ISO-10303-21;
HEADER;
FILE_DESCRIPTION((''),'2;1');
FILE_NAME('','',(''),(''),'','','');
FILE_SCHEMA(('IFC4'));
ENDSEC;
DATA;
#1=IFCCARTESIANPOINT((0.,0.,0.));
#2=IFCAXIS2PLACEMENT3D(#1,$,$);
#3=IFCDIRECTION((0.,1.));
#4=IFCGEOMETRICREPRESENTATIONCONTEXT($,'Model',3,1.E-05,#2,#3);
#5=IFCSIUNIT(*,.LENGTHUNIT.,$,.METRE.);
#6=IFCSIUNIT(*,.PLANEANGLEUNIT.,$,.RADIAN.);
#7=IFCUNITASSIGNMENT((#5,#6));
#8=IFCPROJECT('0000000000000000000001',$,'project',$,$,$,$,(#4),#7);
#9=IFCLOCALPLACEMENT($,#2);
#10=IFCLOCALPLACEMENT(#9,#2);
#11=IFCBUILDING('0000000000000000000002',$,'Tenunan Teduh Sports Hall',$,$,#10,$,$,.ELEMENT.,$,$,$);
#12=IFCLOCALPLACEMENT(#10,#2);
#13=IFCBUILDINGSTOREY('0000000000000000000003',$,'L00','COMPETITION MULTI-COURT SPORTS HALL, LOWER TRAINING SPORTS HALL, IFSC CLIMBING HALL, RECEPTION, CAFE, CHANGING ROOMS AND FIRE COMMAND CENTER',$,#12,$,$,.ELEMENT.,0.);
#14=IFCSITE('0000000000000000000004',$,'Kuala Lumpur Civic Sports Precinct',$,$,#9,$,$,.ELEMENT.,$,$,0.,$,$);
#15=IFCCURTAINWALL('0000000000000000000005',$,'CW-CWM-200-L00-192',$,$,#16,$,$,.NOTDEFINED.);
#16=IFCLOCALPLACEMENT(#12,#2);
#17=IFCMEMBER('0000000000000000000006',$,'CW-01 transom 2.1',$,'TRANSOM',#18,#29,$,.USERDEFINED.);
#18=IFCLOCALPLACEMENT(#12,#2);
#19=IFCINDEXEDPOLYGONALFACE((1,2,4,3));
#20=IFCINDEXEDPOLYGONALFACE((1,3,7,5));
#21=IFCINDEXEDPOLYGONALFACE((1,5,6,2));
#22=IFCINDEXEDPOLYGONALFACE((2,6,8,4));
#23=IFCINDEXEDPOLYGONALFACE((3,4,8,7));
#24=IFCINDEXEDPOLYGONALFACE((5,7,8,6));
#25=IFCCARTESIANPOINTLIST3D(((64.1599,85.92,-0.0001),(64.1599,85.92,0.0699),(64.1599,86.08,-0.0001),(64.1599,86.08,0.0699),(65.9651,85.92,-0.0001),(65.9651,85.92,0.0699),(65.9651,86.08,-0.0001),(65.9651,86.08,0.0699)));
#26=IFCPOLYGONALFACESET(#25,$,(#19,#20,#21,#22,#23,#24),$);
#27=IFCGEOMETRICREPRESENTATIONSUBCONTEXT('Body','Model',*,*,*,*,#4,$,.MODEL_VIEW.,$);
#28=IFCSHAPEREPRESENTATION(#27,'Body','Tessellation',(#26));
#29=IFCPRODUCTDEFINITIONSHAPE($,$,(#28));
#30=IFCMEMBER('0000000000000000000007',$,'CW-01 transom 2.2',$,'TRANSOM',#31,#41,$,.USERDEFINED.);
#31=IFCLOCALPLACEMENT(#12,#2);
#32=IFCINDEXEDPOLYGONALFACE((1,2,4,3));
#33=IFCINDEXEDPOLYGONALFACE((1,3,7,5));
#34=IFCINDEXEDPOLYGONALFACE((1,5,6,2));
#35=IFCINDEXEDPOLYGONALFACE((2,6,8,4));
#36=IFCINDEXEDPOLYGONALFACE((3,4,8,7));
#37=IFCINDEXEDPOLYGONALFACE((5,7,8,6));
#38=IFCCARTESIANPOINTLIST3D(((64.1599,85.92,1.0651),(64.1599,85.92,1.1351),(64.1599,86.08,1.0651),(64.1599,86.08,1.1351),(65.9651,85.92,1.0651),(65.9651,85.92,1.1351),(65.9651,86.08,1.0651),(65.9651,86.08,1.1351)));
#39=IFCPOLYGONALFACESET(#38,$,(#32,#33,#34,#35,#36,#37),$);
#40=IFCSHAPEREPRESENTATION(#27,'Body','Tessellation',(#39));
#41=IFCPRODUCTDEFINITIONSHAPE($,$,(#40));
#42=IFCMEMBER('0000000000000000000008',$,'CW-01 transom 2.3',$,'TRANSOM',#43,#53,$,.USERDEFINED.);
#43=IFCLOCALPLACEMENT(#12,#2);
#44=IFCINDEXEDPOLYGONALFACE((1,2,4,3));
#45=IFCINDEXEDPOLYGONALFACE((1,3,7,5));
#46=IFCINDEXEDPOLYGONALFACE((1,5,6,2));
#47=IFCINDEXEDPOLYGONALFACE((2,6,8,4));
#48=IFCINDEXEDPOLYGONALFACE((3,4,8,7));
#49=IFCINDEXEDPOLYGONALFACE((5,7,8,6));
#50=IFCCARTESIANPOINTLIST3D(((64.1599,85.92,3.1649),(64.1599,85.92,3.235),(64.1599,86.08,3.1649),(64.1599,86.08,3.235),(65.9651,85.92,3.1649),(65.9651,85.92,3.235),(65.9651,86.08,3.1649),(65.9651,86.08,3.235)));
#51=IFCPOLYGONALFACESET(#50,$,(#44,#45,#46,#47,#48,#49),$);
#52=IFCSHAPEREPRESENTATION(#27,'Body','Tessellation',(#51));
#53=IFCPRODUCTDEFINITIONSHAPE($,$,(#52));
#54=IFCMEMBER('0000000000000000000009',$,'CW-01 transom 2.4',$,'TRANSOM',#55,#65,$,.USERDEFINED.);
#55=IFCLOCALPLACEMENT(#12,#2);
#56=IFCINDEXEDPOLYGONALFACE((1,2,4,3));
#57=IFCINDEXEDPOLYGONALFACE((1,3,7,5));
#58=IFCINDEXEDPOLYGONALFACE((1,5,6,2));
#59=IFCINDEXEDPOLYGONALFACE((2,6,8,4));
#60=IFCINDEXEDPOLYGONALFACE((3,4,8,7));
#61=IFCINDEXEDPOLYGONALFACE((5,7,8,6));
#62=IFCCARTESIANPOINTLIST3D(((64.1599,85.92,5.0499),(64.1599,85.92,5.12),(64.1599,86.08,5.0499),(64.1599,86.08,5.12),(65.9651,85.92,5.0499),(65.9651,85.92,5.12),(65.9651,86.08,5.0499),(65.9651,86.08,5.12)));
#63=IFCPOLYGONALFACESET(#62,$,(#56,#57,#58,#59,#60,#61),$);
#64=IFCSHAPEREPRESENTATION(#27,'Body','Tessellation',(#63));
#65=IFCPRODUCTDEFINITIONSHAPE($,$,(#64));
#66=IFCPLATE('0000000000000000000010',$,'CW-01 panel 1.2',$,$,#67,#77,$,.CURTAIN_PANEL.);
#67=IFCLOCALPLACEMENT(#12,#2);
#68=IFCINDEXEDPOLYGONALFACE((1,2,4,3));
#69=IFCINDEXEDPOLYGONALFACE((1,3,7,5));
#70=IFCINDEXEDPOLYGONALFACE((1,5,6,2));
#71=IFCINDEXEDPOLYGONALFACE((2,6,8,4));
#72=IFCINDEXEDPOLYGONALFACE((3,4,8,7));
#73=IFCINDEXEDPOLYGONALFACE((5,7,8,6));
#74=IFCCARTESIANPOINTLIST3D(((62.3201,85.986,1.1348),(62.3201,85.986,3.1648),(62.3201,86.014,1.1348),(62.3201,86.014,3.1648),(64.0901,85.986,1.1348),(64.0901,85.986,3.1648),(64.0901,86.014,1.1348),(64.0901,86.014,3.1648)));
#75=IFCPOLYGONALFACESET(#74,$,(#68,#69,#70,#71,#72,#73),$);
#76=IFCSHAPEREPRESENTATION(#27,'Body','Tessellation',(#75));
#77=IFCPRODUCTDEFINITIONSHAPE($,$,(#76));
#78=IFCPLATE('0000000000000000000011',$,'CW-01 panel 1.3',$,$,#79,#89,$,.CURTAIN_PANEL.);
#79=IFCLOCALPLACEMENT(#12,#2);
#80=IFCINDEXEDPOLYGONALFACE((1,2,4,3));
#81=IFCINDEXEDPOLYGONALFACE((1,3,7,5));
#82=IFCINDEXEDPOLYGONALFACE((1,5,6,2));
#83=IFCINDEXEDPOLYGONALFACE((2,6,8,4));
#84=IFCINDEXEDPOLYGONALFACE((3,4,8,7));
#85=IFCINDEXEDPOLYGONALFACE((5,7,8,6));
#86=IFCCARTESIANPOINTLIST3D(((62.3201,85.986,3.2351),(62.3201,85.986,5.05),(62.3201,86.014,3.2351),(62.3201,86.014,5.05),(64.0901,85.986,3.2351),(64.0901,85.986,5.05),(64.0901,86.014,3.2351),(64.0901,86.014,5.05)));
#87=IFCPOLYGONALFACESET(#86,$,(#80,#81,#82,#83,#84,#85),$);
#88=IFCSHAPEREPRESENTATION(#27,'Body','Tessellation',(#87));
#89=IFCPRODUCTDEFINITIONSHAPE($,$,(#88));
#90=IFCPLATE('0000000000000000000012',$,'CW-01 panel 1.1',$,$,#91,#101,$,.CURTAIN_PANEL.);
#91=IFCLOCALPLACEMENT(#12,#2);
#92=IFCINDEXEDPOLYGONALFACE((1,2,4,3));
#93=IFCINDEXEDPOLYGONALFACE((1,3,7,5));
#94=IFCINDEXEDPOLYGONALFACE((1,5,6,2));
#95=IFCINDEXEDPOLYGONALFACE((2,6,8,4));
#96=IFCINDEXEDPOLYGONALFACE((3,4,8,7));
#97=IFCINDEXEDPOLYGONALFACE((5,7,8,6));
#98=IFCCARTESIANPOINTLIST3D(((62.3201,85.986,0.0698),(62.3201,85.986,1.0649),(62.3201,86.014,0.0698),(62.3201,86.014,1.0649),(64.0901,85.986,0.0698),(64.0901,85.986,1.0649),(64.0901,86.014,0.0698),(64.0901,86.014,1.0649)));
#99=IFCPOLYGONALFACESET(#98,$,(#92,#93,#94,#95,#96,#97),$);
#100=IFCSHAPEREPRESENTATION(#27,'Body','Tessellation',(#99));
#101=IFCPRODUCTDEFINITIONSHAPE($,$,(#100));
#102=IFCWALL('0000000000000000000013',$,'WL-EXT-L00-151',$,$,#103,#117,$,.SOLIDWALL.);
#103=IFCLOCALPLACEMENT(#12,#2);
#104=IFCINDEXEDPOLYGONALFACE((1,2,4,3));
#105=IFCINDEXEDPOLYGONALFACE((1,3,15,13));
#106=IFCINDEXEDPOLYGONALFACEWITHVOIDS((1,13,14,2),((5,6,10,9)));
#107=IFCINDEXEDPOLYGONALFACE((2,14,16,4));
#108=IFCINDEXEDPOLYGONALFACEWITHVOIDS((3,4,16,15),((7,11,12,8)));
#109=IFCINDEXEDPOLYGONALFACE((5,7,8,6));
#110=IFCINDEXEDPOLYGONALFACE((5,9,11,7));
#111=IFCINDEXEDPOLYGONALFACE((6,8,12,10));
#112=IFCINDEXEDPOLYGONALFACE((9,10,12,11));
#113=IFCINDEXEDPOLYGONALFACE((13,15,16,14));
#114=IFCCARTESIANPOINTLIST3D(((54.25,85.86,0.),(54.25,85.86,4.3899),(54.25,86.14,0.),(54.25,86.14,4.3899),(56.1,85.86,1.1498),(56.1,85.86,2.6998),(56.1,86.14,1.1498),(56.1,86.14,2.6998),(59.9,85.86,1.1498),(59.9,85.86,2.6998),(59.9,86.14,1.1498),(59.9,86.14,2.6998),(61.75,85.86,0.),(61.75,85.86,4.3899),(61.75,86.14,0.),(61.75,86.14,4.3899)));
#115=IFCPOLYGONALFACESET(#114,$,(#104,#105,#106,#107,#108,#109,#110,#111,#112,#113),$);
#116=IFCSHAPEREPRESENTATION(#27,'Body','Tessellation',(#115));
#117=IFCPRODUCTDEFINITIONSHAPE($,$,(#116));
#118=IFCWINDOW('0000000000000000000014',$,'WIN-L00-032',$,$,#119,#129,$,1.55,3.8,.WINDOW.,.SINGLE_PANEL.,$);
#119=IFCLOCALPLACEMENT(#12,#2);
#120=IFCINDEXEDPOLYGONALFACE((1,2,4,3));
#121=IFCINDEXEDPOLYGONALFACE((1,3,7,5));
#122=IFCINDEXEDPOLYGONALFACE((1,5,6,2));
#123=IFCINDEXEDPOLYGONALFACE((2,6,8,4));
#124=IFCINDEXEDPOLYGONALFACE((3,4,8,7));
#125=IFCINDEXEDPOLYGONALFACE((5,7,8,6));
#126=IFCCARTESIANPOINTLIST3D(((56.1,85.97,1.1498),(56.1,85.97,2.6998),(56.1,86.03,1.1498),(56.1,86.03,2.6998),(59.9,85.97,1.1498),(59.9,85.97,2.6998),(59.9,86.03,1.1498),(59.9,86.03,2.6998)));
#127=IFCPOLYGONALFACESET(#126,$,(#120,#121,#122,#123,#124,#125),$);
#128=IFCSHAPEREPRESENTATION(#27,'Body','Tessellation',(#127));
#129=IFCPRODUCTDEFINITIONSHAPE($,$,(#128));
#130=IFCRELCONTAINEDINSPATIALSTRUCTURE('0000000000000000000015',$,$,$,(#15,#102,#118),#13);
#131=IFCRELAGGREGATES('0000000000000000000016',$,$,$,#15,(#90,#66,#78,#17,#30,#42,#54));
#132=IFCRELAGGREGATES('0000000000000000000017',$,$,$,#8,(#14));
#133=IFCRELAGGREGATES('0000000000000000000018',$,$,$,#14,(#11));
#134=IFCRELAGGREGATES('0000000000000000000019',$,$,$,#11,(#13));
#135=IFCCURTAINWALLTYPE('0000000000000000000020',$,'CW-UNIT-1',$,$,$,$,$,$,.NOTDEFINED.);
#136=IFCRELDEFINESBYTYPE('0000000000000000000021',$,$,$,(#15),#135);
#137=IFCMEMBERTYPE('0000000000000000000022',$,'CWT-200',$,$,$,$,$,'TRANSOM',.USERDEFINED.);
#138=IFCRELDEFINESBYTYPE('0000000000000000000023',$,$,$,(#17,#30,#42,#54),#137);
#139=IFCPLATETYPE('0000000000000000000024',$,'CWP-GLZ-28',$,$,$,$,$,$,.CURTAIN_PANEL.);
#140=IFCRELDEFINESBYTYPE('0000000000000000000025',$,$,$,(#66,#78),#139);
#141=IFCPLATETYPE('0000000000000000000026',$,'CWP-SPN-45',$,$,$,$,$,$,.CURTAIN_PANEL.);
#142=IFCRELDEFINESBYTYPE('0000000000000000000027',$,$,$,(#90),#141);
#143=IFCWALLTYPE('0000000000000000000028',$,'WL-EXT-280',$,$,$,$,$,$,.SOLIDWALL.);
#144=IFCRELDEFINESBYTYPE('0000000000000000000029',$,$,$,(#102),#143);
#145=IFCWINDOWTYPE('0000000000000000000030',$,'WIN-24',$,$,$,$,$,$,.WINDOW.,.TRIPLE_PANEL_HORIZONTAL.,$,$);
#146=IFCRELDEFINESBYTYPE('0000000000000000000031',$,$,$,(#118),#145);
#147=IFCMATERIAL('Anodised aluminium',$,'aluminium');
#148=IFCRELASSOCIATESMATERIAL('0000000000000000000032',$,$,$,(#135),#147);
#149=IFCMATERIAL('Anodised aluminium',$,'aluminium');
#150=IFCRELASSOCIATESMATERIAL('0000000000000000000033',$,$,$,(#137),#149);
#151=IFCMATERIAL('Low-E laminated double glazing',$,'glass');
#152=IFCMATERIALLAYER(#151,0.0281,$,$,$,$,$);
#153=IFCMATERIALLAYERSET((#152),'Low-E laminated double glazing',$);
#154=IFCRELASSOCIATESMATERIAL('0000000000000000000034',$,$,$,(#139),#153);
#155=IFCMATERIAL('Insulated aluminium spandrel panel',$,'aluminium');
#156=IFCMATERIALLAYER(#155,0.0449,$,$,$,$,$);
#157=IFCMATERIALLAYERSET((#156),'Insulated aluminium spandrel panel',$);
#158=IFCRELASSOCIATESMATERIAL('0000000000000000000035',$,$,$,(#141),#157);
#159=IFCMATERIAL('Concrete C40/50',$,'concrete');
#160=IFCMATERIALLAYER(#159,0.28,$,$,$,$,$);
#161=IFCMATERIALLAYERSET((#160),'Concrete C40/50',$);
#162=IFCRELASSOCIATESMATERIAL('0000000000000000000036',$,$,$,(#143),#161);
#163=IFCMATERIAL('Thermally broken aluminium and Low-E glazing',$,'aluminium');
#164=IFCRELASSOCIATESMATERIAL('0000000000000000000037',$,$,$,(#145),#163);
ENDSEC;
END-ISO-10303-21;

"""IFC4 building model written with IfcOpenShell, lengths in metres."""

from ifc_helpers import new_model, si_unit, direction, frame, frame_2d, origin, origin_2d, place, context, subcontext, project, spatial, rectangle, extrude, material, layer, layer_set, material_profile, profile_set, type_object, element, fill, aggregate, save


model = new_model("IFC4")

# Units and contexts
model_context = context("Model", 3, precision=1e-05, world=origin(), true_north=direction((0.0, 1.0)))
body_context = subcontext(model_context, "Body", "Model", "MODEL_VIEW")
ifc_project = project(units=[si_unit("LENGTHUNIT", "METRE"), si_unit("PLANEANGLEUNIT", "RADIAN")], contexts=[model_context])

# Site, building, storey
site_placement = place(None, origin())
site = spatial("IfcSite", under=ifc_project, at=site_placement, Name="Kuala Lumpur Civic Sports Precinct", CompositionType="ELEMENT", RefElevation=0.0)
building_placement = place(site_placement, origin())
building = spatial("IfcBuilding", under=site, at=building_placement, Name="Tenunan Teduh Sports Hall", CompositionType="ELEMENT")
storey_placement = place(building_placement, origin())
storey = spatial("IfcBuildingStorey", under=building, at=storey_placement, Name="L00", Description="COMPETITION MULTI-COURT SPORTS HALL, LOWER TRAINING SPORTS HALL, IFSC CLIMBING HALL, RECEPTION, CAFE, CHANGING ROOMS AND FIRE COMMAND CENTER", CompositionType="ELEMENT", Elevation=0.0)

# Shared definitions
ifc_material_1 = material(Name="Anodised aluminium", Category="aluminium")
curtain_wall_type = type_object("IfcCurtainWallType", Name="CW-UNIT-1", PredefinedType="NOTDEFINED", material=ifc_material_1)

# Curtain wall, members, plates
curtain_wall_1_placement = place(storey_placement, origin())
curtain_wall_1 = element("IfcCurtainWall", 1, at=curtain_wall_1_placement, inside=storey, type_object=curtain_wall_type, Name="CW-CWM-200-L00-192", PredefinedType="NOTDEFINED")
ifc_material_2 = material(Name="Anodised aluminium", Category="aluminium")
ifc_material_profile_1 = material_profile(ifc_material_2, rectangle(XDim=0.0701, YDim=0.1599, at=origin_2d()), Name="CWT 70x160")
ifc_profile_set_1 = profile_set([ifc_material_profile_1], Name="Anodised aluminium")
member_type_1 = type_object("IfcMemberType", Name="CWT-200", ElementType="TRANSOM", PredefinedType="USERDEFINED", material=ifc_profile_set_1)
member_1_placement = place(storey_placement, frame((64.1599, 86.0, 0.0349), z_axis=(1.0, 0.0, 0.0), x_axis=(0.0, 0.0, 1.0)))
member_1 = element("IfcMember", 2, at=member_1_placement, type_object=member_type_1, Name="CW-01 transom 2.1", ObjectType="TRANSOM", PredefinedType="USERDEFINED", context=body_context, shape_type="SweptSolid", body=[
    extrude(rectangle(XDim=0.0701, YDim=0.1599, at=origin_2d()), origin(), (0.0, 0.0, 1.0), 1.8052),
])
member_2_placement = place(storey_placement, frame((64.1599, 86.0, 1.1001), z_axis=(1.0, 0.0, 0.0), x_axis=(0.0, 0.0, 1.0)))
member_2 = element("IfcMember", 3, at=member_2_placement, type_object=member_type_1, Name="CW-01 transom 2.2", ObjectType="TRANSOM", PredefinedType="USERDEFINED", context=body_context, shape_type="SweptSolid", body=[
    extrude(rectangle(XDim=0.0701, YDim=0.1599, at=origin_2d()), origin(), (0.0, 0.0, 1.0), 1.8052),
])
member_3_placement = place(storey_placement, frame((64.1599, 86.0, 3.2), z_axis=(1.0, 0.0, 0.0), x_axis=(0.0, 0.0, 1.0)))
member_3 = element("IfcMember", 4, at=member_3_placement, type_object=member_type_1, Name="CW-01 transom 2.3", ObjectType="TRANSOM", PredefinedType="USERDEFINED", context=body_context, shape_type="SweptSolid", body=[
    extrude(rectangle(XDim=0.0701, YDim=0.1599, at=origin_2d()), origin(), (0.0, 0.0, 1.0), 1.8052),
])
member_4_placement = place(storey_placement, frame((64.1599, 86.0, 5.085), z_axis=(1.0, 0.0, 0.0), x_axis=(0.0, 0.0, 1.0)))
member_4 = element("IfcMember", 5, at=member_4_placement, type_object=member_type_1, Name="CW-01 transom 2.4", ObjectType="TRANSOM", PredefinedType="USERDEFINED", context=body_context, shape_type="SweptSolid", body=[
    extrude(rectangle(XDim=0.0701, YDim=0.1599, at=origin_2d()), origin(), (0.0, 0.0, 1.0), 1.8052),
])
ifc_material_3 = material(Name="Low-E laminated double glazing", Category="glass")
ifc_layer_1 = layer(ifc_material_3, 0.0281)
ifc_layer_set_1 = layer_set([ifc_layer_1], Name="Low-E laminated double glazing")
plate_type_1 = type_object("IfcPlateType", Name="CWP-GLZ-28", PredefinedType="CURTAIN_PANEL", material=ifc_layer_set_1)
plate_1_placement = place(storey_placement, frame((63.2051, 86.0, 1.1348), z_axis=(0.0, 0.0, 1.0), x_axis=(1.0, 0.0, 0.0)))
plate_1 = element("IfcPlate", 6, at=plate_1_placement, type_object=plate_type_1, Name="CW-01 panel 1.2", PredefinedType="CURTAIN_PANEL", context=body_context, shape_type="SweptSolid", body=[
    extrude(rectangle(XDim=1.77, YDim=0.0281, at=origin_2d()), origin(), (0.0, 0.0, 1.0), 2.03),
])
plate_2_placement = place(storey_placement, frame((63.2051, 86.0, 3.2351), z_axis=(0.0, 0.0, 1.0), x_axis=(1.0, 0.0, 0.0)))
plate_2 = element("IfcPlate", 7, at=plate_2_placement, type_object=plate_type_1, Name="CW-01 panel 1.3", PredefinedType="CURTAIN_PANEL", context=body_context, shape_type="SweptSolid", body=[
    extrude(rectangle(XDim=1.77, YDim=0.0281, at=origin_2d()), origin(), (0.0, 0.0, 1.0), 1.8149),
])
ifc_material_4 = material(Name="Insulated aluminium spandrel panel", Category="aluminium")
ifc_layer_2 = layer(ifc_material_4, 0.0449)
ifc_layer_set_2 = layer_set([ifc_layer_2], Name="Insulated aluminium spandrel panel")
plate_type_2 = type_object("IfcPlateType", Name="CWP-SPN-45", PredefinedType="CURTAIN_PANEL", material=ifc_layer_set_2)
plate_3_placement = place(storey_placement, frame((63.2051, 86.0, 0.0698), z_axis=(0.0, 0.0, 1.0), x_axis=(1.0, 0.0, 0.0)))
plate_3 = element("IfcPlate", 8, at=plate_3_placement, type_object=plate_type_2, Name="CW-01 panel 1.1", PredefinedType="CURTAIN_PANEL", context=body_context, shape_type="SweptSolid", body=[
    extrude(rectangle(XDim=1.77, YDim=0.0281, at=origin_2d()), origin(), (0.0, 0.0, 1.0), 0.9951),
])
aggregate(curtain_wall_1, [plate_3, plate_1, plate_2, member_1, member_2, member_3, member_4])

# Wall, opening, window
ifc_material_5 = material(Name="Concrete C40/50", Category="concrete")
ifc_layer_3 = layer(ifc_material_5, 0.28)
ifc_layer_set_3 = layer_set([ifc_layer_3], Name="Concrete C40/50")
wall_type_1 = type_object("IfcWallType", Name="WL-EXT-280", PredefinedType="SOLIDWALL", material=ifc_layer_set_3)
wall_1_placement = place(storey_placement, frame((54.25, 86.0, 0.0), z_axis=(0.0, 0.0, 1.0), x_axis=(1.0, 0.0, 0.0)))
wall_1 = element("IfcWall", 9, at=wall_1_placement, inside=storey, type_object=wall_type_1, Name="WL-EXT-L00-151", PredefinedType="SOLIDWALL", context=body_context, shape_type="SweptSolid", body=[
    extrude(rectangle(XDim=7.5, YDim=0.28, at=frame_2d((3.75, 0.0))), origin(), (0.0, 0.0, 1.0), 4.3899),
])
opening_1_placement = place(wall_1_placement, frame((1.8501, 0.0, 1.1499)))
opening_1 = element("IfcOpeningElement", 10, at=opening_1_placement, cuts=wall_1, PredefinedType="OPENING", context=body_context, shape_type="SweptSolid", body=[
    extrude(rectangle(XDim=3.8, YDim=1.55, at=frame_2d((1.8999, 0.7749))), frame((0.0, 0.1499, 0.0), z_axis=(0.0, -1.0, 0.0), x_axis=(1.0, 0.0, 0.0)), (0.0, 0.0, 1.0), 0.3),
])
ifc_material_6 = material(Name="Thermally broken aluminium and Low-E glazing", Category="aluminium")
window_type_1 = type_object("IfcWindowType", Name="WIN-24", PartitioningType="TRIPLE_PANEL_HORIZONTAL", PredefinedType="WINDOW", material=ifc_material_6)
window_1_placement = place(opening_1_placement, origin())
window_1 = element("IfcWindow", 11, at=window_1_placement, inside=storey, type_object=window_type_1, Name="WIN-L00-032", OverallHeight=1.55, OverallWidth=3.8, PartitioningType="SINGLE_PANEL", PredefinedType="WINDOW", context=body_context, shape_type="SweptSolid", body=[
    extrude(rectangle(XDim=3.8, YDim=1.55, at=frame_2d((1.8999, 0.7749))), frame((0.0, 0.03, 0.0), z_axis=(0.0, -1.0, 0.0), x_axis=(1.0, 0.0, 0.0)), (0.0, 0.0, 1.0), 0.0601),
])
fill(opening_1, window_1)

save(model, "model.ifc")
